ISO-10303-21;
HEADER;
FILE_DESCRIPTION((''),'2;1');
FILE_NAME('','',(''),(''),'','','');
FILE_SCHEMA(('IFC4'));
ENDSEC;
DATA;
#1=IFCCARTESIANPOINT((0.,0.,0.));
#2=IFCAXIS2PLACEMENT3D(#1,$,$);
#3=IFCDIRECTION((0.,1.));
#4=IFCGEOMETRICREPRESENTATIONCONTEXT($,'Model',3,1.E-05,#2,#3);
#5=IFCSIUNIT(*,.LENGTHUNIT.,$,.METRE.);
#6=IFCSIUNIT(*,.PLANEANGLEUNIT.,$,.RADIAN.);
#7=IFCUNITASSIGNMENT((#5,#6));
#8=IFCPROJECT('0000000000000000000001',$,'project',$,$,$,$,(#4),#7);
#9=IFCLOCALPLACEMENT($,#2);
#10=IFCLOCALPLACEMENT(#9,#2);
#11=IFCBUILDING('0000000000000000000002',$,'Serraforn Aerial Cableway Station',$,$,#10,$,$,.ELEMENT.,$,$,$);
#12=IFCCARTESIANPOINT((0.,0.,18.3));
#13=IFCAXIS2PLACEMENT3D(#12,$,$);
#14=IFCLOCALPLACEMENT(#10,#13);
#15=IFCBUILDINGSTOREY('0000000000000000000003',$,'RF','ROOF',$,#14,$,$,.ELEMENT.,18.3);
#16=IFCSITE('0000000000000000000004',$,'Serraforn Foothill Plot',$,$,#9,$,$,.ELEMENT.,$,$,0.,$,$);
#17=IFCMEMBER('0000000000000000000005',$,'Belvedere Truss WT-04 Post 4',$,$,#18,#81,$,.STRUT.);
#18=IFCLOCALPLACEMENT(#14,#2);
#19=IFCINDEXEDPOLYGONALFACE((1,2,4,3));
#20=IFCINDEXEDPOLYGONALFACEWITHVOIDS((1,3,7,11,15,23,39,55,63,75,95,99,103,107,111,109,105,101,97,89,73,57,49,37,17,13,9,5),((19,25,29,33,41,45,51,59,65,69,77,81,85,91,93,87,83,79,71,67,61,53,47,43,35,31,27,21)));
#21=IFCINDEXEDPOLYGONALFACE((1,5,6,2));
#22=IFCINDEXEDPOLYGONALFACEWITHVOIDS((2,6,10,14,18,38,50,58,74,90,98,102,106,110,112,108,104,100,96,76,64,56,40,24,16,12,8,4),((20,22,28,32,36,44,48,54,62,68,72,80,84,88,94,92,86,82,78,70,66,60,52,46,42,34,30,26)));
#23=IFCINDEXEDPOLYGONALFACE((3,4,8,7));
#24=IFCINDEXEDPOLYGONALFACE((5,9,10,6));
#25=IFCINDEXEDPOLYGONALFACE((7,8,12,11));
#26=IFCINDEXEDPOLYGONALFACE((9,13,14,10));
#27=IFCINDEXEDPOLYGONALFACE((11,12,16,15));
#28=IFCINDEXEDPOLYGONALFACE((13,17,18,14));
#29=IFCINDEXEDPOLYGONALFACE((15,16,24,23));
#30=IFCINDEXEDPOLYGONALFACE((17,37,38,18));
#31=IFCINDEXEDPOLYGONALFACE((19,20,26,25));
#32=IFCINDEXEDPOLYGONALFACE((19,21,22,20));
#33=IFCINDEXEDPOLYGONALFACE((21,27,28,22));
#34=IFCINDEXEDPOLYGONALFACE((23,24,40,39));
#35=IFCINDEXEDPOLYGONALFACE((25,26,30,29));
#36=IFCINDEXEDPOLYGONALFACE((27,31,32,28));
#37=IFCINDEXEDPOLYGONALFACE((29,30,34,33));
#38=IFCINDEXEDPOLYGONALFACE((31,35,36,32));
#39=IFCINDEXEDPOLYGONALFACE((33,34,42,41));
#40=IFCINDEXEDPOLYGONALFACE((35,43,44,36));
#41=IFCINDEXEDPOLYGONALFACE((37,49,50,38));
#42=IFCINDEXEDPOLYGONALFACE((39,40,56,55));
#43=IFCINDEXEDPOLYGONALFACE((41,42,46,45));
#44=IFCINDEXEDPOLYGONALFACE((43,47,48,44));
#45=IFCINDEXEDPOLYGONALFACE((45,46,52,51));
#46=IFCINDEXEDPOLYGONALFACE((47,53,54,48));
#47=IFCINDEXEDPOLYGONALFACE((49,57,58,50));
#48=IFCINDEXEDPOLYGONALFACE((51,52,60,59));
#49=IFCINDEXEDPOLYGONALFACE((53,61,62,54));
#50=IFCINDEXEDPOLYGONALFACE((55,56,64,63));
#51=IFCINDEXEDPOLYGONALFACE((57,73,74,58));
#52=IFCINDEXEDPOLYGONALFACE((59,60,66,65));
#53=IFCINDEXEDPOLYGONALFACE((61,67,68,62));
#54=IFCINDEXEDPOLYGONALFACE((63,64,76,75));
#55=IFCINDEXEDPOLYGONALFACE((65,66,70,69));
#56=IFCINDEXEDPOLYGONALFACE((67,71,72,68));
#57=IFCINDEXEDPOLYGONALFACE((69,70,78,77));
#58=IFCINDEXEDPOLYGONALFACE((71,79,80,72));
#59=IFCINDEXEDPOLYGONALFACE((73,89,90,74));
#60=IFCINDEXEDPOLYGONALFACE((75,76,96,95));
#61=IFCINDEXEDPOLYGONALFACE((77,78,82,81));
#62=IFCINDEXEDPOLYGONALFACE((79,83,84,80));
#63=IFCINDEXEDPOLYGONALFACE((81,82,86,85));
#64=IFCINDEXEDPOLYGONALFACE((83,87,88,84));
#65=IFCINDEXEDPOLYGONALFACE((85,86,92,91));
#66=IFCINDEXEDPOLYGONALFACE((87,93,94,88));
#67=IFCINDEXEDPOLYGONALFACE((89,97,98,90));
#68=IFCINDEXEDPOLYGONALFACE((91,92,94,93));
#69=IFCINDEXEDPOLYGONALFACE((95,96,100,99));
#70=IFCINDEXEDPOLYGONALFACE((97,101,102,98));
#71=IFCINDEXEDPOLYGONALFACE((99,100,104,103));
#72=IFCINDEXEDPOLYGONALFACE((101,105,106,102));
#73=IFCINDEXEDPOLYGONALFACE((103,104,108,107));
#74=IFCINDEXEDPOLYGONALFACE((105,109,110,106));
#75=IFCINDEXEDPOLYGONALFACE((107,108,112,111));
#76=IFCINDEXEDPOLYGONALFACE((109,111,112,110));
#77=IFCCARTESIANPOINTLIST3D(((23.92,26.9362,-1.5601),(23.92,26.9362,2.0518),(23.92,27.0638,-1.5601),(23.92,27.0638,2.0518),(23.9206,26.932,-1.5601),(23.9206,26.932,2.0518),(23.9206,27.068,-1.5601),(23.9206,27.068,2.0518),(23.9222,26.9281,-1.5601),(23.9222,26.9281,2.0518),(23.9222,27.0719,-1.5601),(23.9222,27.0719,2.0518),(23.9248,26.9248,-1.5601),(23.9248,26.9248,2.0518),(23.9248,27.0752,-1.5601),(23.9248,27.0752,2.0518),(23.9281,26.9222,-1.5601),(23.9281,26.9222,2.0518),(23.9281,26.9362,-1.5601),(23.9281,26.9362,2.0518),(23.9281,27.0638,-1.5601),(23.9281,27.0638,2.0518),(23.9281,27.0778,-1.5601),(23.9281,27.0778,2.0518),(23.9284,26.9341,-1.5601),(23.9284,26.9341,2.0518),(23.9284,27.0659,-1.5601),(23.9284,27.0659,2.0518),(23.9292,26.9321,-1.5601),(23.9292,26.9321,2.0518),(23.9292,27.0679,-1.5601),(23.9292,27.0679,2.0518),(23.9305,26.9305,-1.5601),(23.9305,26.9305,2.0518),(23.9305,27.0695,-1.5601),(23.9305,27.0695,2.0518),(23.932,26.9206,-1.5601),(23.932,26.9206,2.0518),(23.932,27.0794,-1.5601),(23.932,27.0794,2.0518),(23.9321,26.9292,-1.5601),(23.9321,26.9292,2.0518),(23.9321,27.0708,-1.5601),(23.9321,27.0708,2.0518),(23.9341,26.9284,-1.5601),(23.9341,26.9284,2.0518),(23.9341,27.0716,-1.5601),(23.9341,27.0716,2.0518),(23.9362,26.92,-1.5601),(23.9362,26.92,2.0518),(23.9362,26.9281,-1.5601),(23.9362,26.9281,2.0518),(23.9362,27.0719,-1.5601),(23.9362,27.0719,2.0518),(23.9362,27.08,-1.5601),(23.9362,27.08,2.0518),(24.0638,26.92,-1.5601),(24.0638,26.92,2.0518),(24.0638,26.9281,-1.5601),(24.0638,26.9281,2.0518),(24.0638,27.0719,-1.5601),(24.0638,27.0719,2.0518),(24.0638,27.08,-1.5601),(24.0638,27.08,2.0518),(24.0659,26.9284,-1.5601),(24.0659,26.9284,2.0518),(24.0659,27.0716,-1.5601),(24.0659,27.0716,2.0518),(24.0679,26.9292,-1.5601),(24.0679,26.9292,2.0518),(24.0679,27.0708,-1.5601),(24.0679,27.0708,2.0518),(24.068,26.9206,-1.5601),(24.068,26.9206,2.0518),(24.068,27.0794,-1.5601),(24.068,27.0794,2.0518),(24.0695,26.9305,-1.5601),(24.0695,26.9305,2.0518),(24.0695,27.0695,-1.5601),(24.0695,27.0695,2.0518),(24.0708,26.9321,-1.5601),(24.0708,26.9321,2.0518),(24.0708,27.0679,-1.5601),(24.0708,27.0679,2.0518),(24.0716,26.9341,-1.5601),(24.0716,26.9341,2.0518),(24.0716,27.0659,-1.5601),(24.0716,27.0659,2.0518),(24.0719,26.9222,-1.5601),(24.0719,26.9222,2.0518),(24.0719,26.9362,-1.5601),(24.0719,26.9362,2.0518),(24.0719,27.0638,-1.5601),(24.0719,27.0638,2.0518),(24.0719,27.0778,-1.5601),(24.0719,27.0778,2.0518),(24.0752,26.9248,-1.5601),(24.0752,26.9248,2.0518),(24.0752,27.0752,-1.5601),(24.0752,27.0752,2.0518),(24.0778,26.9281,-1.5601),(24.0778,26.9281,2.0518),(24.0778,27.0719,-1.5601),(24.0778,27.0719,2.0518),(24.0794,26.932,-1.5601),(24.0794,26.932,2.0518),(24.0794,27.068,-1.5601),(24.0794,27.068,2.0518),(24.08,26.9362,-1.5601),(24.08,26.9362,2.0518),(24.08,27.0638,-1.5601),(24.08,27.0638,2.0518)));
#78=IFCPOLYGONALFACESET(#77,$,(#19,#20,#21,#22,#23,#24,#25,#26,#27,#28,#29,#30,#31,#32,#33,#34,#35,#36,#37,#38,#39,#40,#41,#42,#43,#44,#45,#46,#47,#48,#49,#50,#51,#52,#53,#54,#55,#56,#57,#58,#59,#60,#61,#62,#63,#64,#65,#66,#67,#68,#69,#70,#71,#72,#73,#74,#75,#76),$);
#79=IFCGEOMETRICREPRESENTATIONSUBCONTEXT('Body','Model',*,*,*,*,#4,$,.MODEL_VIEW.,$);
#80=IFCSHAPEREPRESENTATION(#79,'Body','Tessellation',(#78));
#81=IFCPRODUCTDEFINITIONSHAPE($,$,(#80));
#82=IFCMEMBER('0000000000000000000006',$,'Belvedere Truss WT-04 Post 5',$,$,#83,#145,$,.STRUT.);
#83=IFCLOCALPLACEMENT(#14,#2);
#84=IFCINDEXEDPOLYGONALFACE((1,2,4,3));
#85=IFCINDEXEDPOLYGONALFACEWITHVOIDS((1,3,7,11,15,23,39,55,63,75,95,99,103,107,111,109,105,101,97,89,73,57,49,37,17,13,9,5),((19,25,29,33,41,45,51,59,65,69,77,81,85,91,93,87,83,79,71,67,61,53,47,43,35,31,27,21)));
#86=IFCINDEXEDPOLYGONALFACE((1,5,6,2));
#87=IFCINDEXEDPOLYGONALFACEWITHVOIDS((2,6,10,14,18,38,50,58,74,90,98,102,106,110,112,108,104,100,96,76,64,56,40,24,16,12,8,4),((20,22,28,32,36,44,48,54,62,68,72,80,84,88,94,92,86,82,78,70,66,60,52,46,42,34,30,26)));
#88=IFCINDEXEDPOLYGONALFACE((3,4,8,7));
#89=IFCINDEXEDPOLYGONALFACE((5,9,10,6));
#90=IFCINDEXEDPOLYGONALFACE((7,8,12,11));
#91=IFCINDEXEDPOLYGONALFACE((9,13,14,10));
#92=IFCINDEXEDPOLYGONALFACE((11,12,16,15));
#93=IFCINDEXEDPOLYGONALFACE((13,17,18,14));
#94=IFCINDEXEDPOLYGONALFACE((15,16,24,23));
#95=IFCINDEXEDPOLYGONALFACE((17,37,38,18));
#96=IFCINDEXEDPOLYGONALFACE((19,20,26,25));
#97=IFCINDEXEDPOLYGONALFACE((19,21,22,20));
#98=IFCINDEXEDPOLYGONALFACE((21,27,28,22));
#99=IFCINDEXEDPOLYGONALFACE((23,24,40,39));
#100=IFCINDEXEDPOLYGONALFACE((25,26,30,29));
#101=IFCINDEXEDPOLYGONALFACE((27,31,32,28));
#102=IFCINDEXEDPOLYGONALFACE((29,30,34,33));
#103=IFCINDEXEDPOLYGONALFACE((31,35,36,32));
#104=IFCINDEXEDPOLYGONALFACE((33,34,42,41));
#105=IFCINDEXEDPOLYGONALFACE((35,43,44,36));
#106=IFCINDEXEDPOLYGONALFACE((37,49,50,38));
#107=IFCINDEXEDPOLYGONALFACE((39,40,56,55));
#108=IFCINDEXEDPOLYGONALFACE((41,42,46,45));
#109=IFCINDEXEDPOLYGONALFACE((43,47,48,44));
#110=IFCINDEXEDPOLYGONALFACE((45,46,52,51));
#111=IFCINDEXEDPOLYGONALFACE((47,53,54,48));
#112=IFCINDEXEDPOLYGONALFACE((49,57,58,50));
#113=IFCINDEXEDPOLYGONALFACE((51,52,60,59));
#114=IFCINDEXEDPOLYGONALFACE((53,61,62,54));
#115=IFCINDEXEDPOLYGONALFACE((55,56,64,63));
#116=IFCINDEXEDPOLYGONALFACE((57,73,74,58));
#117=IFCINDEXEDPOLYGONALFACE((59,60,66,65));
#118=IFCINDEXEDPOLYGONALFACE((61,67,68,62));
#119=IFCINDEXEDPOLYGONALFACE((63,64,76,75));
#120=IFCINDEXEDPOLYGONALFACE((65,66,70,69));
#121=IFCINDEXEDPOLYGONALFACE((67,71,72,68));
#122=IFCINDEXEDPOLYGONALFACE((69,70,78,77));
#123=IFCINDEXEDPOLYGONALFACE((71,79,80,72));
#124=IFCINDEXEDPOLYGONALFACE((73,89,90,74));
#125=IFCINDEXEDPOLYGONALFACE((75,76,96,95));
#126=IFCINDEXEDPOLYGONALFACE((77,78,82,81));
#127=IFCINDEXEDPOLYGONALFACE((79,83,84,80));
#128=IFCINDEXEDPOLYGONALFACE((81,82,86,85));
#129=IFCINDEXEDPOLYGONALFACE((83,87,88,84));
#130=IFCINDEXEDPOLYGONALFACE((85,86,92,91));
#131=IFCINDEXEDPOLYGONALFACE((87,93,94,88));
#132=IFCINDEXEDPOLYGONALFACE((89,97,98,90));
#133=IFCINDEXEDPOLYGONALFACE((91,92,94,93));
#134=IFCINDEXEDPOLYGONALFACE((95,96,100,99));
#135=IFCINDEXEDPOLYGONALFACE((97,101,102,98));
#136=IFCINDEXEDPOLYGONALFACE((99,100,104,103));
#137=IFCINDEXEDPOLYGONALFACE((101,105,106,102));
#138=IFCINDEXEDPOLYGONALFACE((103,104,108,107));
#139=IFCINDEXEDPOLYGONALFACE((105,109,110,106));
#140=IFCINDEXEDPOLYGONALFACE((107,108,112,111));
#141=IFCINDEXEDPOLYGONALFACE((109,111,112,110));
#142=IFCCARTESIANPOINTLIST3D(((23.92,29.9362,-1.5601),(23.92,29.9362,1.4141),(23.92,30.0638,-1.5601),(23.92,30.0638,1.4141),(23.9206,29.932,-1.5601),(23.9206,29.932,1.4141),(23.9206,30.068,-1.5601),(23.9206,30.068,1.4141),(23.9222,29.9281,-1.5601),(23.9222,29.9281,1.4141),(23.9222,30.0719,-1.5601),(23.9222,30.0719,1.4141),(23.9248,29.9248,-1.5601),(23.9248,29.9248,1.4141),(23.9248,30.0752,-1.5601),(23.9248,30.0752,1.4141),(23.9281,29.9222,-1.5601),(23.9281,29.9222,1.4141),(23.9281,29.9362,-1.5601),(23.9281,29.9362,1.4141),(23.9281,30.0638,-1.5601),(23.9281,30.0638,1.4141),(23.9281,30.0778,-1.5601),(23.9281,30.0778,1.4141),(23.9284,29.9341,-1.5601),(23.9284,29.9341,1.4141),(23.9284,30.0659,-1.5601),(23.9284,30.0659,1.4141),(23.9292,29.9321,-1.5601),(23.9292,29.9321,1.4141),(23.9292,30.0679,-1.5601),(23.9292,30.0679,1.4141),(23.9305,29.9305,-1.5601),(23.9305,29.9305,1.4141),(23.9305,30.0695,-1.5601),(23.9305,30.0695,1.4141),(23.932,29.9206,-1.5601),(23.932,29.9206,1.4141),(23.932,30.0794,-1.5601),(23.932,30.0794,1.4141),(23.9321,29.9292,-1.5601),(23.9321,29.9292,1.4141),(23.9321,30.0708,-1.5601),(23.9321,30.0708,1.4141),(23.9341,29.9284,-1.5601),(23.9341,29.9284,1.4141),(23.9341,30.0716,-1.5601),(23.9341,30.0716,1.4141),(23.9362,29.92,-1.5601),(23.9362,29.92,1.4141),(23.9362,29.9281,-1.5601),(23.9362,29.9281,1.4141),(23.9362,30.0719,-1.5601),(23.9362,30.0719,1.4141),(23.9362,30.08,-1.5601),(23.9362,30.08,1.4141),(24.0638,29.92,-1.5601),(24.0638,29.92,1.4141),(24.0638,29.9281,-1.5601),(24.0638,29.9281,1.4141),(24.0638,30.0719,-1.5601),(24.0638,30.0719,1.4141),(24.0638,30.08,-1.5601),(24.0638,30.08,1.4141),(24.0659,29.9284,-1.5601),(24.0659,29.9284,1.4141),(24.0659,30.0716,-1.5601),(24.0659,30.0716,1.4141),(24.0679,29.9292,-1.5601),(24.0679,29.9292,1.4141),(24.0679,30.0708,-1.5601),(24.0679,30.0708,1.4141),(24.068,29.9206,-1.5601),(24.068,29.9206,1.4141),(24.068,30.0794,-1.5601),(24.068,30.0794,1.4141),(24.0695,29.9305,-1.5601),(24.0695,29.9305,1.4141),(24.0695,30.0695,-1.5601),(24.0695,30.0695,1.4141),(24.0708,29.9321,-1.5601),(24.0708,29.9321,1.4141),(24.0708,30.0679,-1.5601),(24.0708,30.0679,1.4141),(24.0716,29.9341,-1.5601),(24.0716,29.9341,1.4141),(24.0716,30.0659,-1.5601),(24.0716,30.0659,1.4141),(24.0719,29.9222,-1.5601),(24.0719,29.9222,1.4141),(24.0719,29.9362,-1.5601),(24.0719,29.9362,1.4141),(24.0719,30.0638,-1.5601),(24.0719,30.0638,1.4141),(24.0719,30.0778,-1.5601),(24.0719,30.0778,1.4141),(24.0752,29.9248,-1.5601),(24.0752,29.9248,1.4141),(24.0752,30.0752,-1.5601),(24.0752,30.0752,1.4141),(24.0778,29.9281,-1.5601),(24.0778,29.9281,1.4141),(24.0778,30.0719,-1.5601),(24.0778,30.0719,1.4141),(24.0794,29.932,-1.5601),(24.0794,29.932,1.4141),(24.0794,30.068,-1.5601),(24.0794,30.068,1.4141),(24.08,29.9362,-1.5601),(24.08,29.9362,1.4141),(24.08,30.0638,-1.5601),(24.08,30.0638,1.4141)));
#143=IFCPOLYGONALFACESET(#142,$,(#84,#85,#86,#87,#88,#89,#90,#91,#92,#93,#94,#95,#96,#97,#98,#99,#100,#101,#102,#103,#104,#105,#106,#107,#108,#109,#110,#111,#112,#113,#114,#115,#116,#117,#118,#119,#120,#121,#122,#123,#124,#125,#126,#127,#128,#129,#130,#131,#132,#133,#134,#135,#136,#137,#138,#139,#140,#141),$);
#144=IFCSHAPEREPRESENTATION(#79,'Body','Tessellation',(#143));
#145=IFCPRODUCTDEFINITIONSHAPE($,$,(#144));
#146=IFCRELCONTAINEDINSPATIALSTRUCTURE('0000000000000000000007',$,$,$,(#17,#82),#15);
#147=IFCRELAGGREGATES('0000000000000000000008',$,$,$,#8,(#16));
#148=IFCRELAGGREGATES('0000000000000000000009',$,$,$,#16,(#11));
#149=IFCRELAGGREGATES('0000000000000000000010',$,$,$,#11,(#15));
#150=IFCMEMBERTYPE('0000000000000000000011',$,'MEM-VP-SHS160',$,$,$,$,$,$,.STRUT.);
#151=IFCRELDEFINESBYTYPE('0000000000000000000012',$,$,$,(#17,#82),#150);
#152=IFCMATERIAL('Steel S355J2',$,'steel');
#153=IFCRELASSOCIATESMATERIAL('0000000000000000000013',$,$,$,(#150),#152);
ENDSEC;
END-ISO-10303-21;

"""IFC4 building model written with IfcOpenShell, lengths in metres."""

from ifc_helpers import new_model, si_unit, direction, frame, origin, origin_2d, place, context, subcontext, project, spatial, hollow_rectangle, extrude, material, material_profile, profile_set, type_object, element, save


model = new_model("IFC4")

# Units and contexts
model_context = context("Model", 3, precision=1e-05, world=origin(), true_north=direction((0.0, 1.0)))
body_context = subcontext(model_context, "Body", "Model", "MODEL_VIEW")
ifc_project = project(units=[si_unit("LENGTHUNIT", "METRE"), si_unit("PLANEANGLEUNIT", "RADIAN")], contexts=[model_context])

# Site, building, storey
site_placement = place(None, origin())
site = spatial("IfcSite", under=ifc_project, at=site_placement, Name="Serraforn Foothill Plot", CompositionType="ELEMENT", RefElevation=0.0)
building_placement = place(site_placement, origin())
building = spatial("IfcBuilding", under=site, at=building_placement, Name="Serraforn Aerial Cableway Station", CompositionType="ELEMENT")
storey_placement = place(building_placement, frame((0.0, 0.0, 18.3)))
storey = spatial("IfcBuildingStorey", under=building, at=storey_placement, Name="RF", Description="ROOF", CompositionType="ELEMENT", Elevation=18.3)

# Members
ifc_material_1 = material(Name="Steel S355J2", Category="steel")
ifc_material_profile_1 = material_profile(ifc_material_1, hollow_rectangle(XDim=0.1599, YDim=0.1599, WallThickness=0.0081, InnerFilletRadius=0.0081, OuterFilletRadius=0.0161, at=origin_2d()), Name="SHS 160x160x8.0")
ifc_profile_set_1 = profile_set([ifc_material_profile_1], Name="Steel S355J2")
member_type_1 = type_object("IfcMemberType", Name="MEM-VP-SHS160", PredefinedType="STRUT", material=ifc_profile_set_1)
member_1_placement = place(storey_placement, frame((24.0, 27.0, -1.5601), z_axis=(0.0, 0.0, 1.0), x_axis=(1.0, 0.0, 0.0)))
element("IfcMember", 1, at=member_1_placement, inside=storey, type_object=member_type_1, Name="Belvedere Truss WT-04 Post 4", PredefinedType="STRUT", context=body_context, shape_type="SweptSolid", body=[
    extrude(hollow_rectangle(XDim=0.1599, YDim=0.1599, WallThickness=0.0081, InnerFilletRadius=0.0081, OuterFilletRadius=0.0161, at=origin_2d()), origin(), (0.0, 0.0, 1.0), 3.6118),
])
member_2_placement = place(storey_placement, frame((24.0, 30.0, -1.5601), z_axis=(0.0, 0.0, 1.0), x_axis=(1.0, 0.0, 0.0)))
element("IfcMember", 2, at=member_2_placement, inside=storey, type_object=member_type_1, Name="Belvedere Truss WT-04 Post 5", PredefinedType="STRUT", context=body_context, shape_type="SweptSolid", body=[
    extrude(hollow_rectangle(XDim=0.1599, YDim=0.1599, WallThickness=0.0081, InnerFilletRadius=0.0081, OuterFilletRadius=0.0161, at=origin_2d()), origin(), (0.0, 0.0, 1.0), 2.9741),
])

save(model, "model.ifc")
